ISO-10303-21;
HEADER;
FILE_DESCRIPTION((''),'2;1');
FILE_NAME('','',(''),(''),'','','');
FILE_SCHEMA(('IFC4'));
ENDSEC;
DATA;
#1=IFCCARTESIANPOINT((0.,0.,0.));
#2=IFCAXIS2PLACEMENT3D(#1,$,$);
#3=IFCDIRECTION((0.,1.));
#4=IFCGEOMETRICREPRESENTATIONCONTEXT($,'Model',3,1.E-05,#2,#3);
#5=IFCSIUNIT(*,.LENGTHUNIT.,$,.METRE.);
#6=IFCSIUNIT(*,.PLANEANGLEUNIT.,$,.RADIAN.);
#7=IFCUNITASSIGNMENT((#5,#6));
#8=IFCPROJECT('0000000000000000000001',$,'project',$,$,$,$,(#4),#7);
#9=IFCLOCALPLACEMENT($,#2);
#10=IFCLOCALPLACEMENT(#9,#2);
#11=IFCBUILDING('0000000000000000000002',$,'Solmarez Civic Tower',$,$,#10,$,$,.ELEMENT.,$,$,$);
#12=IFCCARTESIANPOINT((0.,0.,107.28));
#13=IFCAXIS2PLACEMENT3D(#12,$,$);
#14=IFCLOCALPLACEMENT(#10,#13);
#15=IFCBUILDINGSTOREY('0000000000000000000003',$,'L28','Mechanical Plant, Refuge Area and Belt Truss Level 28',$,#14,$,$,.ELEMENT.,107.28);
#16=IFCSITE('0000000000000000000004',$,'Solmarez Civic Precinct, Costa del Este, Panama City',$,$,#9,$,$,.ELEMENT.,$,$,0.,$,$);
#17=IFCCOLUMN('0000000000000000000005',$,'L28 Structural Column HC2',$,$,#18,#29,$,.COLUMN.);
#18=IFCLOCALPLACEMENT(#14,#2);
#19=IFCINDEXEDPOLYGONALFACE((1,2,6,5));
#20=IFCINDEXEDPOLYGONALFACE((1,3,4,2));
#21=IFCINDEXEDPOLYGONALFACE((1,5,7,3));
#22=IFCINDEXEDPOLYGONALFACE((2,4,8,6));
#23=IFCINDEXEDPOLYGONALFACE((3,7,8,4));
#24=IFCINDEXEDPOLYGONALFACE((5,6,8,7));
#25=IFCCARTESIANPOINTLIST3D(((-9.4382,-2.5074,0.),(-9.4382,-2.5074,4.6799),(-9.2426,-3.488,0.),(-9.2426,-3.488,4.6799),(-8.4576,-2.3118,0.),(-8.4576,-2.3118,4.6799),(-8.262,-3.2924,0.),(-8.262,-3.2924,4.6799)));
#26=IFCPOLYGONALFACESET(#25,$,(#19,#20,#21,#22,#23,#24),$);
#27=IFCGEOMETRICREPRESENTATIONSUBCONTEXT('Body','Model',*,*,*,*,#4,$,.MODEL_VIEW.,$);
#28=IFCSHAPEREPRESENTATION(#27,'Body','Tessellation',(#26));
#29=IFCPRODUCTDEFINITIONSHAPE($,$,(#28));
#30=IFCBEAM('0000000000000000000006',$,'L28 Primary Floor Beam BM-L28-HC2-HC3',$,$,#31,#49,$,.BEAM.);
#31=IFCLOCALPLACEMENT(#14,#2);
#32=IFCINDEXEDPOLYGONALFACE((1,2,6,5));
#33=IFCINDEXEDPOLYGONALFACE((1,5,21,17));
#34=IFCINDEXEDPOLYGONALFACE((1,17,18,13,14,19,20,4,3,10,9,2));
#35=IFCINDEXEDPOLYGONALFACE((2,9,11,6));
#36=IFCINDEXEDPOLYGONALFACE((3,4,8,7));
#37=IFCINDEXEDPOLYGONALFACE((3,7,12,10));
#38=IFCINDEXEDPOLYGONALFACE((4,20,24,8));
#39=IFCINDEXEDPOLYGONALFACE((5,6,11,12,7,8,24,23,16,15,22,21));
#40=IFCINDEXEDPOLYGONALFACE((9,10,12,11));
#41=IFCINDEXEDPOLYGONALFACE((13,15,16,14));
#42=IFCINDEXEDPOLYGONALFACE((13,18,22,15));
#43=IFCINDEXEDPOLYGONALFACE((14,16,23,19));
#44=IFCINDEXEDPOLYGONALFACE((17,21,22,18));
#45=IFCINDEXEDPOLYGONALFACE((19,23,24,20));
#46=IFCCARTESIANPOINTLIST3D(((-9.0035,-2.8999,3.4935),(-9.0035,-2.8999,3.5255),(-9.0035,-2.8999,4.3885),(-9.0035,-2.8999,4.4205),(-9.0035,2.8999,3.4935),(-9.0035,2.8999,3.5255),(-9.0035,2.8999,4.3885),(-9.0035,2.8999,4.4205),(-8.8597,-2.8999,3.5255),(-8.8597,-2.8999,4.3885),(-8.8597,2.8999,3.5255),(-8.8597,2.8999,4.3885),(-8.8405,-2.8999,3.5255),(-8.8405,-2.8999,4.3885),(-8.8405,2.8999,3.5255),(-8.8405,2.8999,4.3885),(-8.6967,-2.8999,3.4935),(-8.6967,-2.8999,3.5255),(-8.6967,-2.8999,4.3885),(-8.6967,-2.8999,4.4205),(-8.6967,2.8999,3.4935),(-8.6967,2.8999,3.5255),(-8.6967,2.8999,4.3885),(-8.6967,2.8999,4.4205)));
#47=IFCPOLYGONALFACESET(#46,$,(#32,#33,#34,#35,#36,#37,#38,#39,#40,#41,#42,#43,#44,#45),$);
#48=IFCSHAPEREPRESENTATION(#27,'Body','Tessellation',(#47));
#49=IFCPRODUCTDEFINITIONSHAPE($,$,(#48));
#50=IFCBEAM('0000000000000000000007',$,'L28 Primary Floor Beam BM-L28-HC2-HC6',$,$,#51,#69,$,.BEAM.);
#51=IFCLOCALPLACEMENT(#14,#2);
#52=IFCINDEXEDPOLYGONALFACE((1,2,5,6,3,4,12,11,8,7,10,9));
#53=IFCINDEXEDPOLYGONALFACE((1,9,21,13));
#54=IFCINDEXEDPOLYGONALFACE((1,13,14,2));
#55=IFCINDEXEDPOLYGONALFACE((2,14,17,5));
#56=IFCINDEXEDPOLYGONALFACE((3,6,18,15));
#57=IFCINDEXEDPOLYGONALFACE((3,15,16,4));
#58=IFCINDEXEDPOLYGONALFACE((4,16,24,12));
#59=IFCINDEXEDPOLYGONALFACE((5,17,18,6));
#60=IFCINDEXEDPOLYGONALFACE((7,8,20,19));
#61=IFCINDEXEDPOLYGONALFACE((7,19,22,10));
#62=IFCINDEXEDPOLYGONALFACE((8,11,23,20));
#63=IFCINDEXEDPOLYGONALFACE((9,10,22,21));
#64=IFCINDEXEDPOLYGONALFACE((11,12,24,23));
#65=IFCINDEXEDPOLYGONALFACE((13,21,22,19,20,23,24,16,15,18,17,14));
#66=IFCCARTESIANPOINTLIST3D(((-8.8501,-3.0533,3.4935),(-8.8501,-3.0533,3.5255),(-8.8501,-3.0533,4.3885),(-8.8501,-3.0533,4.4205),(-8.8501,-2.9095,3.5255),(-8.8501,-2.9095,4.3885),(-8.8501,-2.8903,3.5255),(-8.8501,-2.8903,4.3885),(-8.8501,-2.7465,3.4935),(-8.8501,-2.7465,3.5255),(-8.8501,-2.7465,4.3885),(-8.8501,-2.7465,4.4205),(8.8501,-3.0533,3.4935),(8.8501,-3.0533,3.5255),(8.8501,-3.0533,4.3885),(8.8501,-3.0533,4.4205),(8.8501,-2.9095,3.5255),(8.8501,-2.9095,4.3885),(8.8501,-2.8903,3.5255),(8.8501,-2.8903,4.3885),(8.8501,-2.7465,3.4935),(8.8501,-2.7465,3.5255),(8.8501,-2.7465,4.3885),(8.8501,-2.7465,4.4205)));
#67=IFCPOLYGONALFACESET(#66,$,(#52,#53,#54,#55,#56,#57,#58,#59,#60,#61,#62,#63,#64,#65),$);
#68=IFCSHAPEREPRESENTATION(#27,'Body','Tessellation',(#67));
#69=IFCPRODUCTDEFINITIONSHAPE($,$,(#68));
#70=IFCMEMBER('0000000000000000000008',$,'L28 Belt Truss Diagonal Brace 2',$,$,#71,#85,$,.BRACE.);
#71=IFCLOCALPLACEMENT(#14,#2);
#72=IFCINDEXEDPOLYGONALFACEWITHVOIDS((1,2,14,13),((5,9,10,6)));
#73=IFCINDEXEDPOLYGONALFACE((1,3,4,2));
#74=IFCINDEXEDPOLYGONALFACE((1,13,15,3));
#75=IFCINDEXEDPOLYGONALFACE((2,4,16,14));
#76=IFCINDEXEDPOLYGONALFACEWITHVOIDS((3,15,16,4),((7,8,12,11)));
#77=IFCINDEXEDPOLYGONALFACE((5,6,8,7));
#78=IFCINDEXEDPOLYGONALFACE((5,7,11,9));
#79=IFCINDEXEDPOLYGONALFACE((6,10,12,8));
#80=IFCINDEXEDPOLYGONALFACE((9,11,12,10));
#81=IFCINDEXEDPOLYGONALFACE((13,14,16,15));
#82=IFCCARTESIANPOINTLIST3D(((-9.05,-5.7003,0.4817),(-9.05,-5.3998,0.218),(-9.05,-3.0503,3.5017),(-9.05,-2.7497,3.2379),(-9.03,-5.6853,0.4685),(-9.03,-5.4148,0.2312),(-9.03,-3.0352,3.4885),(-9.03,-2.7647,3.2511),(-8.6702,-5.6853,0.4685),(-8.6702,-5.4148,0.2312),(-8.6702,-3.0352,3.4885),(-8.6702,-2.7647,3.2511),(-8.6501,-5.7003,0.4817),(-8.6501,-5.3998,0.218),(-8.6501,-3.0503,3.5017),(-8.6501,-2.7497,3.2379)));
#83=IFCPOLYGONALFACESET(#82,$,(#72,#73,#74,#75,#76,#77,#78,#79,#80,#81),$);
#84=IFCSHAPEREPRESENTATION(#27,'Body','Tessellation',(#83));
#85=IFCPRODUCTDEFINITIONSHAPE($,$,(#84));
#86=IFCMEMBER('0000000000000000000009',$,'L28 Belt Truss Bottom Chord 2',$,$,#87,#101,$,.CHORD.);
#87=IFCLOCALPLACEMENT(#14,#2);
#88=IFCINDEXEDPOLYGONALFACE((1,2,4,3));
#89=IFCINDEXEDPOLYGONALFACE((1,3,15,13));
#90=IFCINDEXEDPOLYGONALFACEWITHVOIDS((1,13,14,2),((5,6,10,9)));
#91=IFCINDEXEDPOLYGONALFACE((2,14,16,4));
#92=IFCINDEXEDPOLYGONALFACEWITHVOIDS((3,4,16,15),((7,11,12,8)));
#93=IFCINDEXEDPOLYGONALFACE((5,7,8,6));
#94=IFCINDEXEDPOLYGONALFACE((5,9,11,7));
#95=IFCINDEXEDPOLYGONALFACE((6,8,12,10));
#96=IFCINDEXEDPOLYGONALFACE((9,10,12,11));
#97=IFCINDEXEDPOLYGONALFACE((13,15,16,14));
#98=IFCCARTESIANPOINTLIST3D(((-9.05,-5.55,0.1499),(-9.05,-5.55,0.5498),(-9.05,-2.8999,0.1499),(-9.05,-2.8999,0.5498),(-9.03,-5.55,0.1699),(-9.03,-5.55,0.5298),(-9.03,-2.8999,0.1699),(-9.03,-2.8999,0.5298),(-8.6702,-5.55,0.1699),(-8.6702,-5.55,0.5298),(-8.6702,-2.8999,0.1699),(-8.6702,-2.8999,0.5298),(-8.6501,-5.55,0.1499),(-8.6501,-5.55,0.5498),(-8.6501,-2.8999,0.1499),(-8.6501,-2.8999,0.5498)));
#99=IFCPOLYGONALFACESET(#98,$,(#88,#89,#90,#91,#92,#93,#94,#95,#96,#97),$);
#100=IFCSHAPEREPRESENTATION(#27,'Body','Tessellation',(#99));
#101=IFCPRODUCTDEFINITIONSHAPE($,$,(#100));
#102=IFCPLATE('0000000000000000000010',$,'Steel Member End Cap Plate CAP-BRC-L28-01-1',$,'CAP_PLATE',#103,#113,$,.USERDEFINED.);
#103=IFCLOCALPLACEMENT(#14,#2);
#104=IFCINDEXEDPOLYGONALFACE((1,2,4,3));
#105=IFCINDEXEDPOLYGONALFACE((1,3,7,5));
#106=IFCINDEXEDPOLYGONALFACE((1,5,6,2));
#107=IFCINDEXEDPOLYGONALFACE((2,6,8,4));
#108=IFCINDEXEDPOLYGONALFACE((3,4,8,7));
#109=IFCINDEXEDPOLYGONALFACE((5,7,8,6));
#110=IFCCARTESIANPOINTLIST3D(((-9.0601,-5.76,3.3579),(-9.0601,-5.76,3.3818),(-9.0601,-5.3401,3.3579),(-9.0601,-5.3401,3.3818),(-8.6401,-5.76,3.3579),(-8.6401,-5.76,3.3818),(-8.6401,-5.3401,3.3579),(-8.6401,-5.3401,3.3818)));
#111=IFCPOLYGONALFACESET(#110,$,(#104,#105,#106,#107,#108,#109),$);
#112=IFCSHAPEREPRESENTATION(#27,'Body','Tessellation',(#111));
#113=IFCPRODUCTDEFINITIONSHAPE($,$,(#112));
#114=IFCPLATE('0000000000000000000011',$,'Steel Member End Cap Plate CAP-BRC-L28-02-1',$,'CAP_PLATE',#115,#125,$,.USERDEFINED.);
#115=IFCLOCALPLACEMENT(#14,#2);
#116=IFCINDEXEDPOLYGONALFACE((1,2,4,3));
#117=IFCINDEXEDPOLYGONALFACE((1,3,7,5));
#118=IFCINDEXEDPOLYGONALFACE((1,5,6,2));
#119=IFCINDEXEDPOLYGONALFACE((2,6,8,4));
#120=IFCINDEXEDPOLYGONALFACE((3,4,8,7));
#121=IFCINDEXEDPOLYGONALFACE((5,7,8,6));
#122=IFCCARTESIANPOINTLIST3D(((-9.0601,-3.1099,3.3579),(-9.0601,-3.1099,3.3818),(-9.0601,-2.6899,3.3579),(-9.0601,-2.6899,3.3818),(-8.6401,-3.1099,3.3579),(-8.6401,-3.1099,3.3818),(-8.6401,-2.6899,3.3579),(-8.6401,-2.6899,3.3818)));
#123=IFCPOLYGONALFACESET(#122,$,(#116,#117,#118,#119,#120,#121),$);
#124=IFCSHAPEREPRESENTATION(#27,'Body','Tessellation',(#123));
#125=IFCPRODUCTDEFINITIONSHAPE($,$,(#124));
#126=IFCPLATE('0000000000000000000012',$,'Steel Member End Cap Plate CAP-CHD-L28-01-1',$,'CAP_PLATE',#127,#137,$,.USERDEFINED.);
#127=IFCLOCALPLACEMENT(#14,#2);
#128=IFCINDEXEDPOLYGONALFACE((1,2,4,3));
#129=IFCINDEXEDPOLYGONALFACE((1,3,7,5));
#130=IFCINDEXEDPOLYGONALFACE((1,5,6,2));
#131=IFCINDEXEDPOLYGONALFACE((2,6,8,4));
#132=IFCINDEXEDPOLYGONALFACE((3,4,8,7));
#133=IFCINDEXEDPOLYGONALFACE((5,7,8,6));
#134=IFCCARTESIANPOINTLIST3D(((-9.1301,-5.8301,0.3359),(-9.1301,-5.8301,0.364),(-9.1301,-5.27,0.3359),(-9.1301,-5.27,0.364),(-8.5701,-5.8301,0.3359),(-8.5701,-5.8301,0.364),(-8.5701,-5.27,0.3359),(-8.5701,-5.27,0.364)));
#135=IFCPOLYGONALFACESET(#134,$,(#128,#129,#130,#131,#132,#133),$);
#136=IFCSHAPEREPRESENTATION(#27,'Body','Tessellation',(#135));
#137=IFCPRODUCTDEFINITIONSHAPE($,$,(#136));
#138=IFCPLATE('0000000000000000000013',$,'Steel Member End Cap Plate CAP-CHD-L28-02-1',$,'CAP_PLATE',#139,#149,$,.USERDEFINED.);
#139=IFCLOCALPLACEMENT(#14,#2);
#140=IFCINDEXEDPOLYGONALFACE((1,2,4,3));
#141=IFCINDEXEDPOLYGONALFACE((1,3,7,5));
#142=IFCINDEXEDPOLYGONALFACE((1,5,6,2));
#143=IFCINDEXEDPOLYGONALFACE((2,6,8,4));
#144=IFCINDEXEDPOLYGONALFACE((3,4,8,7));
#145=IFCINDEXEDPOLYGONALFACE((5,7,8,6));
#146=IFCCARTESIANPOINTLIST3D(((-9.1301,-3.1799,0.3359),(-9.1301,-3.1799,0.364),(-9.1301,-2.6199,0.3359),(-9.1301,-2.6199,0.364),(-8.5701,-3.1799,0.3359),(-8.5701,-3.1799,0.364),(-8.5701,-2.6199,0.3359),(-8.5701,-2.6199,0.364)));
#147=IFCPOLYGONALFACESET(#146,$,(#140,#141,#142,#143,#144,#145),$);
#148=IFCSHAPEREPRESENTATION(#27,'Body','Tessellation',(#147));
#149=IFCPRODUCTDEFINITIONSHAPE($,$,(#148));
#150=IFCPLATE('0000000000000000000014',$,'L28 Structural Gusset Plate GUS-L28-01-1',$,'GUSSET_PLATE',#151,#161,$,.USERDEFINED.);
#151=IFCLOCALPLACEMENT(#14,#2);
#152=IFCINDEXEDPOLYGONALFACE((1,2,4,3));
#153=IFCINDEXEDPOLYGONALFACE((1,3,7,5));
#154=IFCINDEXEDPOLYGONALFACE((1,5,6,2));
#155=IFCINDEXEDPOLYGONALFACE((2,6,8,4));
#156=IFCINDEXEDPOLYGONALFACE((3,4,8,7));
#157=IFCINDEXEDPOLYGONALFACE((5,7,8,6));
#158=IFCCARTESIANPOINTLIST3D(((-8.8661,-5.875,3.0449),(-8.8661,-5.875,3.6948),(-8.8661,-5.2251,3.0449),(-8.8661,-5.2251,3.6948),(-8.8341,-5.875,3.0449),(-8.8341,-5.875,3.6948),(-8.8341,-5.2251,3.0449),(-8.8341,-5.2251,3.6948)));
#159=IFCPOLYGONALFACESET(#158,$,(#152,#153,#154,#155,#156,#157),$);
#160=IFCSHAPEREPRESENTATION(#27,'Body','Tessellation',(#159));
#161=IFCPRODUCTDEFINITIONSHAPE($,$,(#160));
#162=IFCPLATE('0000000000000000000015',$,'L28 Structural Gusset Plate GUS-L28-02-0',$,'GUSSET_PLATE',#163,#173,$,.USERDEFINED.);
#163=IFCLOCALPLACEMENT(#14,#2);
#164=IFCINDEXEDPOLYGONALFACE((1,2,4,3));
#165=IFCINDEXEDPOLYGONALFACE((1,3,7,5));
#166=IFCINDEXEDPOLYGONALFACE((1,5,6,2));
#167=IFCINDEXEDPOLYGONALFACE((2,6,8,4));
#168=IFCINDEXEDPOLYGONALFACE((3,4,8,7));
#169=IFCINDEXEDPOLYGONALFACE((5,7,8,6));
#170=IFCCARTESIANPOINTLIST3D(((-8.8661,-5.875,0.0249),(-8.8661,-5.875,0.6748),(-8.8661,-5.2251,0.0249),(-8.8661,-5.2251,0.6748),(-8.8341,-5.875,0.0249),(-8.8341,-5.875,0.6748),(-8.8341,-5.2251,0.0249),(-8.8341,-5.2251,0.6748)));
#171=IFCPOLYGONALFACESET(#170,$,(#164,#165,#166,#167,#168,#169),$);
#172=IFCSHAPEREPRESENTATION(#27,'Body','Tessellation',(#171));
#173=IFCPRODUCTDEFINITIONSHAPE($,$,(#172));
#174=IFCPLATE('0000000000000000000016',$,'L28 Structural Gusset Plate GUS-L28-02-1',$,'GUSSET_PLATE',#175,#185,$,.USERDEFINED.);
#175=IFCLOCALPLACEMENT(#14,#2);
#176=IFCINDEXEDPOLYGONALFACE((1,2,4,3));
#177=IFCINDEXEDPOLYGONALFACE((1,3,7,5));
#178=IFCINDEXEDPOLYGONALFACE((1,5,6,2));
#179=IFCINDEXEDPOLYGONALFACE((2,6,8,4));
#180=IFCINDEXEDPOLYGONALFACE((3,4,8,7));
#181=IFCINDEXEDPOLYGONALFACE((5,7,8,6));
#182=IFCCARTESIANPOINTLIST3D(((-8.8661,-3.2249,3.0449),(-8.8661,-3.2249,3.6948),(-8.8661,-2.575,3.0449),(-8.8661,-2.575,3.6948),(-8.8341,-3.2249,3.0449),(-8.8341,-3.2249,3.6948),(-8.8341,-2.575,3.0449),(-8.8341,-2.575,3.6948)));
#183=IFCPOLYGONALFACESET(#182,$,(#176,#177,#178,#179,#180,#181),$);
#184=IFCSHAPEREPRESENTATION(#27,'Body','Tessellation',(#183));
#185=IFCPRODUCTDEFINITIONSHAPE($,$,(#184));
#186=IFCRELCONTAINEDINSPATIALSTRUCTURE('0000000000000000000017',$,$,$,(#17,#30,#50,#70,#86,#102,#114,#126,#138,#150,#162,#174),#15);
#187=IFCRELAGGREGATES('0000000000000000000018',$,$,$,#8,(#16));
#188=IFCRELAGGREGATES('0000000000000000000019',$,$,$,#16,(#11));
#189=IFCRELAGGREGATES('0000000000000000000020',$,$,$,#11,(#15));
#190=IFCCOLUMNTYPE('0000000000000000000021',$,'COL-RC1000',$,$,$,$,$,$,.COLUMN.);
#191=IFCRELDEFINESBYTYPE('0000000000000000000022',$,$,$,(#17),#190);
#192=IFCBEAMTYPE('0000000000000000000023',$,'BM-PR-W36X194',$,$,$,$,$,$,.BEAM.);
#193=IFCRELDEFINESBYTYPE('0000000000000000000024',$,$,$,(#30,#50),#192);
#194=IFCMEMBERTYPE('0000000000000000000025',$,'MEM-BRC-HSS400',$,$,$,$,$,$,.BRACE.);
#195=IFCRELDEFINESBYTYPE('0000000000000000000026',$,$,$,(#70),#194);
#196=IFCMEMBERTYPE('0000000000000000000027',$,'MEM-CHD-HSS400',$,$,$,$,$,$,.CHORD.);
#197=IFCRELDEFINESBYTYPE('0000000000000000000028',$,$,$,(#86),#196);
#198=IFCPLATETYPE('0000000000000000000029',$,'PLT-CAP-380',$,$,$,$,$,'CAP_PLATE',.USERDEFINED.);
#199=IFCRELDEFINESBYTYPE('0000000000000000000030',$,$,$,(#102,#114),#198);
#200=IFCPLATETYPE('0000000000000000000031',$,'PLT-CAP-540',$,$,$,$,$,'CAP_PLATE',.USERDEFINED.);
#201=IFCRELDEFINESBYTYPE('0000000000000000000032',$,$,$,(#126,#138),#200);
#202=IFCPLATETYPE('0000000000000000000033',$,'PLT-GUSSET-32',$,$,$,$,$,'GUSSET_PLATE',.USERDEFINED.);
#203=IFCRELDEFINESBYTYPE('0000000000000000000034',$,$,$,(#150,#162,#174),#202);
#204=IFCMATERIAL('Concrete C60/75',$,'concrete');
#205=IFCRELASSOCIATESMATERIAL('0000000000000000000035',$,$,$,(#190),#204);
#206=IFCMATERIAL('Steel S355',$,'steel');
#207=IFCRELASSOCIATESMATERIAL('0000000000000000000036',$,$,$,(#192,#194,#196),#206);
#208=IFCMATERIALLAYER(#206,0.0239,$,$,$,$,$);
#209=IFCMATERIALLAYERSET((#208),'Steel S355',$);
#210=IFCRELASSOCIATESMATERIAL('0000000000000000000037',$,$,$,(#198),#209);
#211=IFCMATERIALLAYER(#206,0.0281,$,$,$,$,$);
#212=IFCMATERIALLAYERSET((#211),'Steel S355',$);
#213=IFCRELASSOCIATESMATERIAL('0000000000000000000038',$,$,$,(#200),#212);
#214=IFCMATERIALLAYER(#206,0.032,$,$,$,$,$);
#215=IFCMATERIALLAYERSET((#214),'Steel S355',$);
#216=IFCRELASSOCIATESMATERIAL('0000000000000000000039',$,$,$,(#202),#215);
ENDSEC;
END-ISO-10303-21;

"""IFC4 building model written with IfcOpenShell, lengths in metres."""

from ifc_helpers import new_model, si_unit, direction, frame, origin, origin_2d, place, context, subcontext, project, spatial, rectangle, hollow_rectangle, i_section, extrude, material, layer, layer_set, material_profile, profile_set, type_object, element, save


model = new_model("IFC4")

# Units and contexts
model_context = context("Model", 3, precision=1e-05, world=origin(), true_north=direction((0.0, 1.0)))
body_context = subcontext(model_context, "Body", "Model", "MODEL_VIEW")
ifc_project = project(units=[si_unit("LENGTHUNIT", "METRE"), si_unit("PLANEANGLEUNIT", "RADIAN")], contexts=[model_context])

# Site, building, storey
site_placement = place(None, origin())
site = spatial("IfcSite", under=ifc_project, at=site_placement, Name="Solmarez Civic Precinct, Costa del Este, Panama City", CompositionType="ELEMENT", RefElevation=0.0)
building_placement = place(site_placement, origin())
building = spatial("IfcBuilding", under=site, at=building_placement, Name="Solmarez Civic Tower", CompositionType="ELEMENT")
storey_placement = place(building_placement, frame((0.0, 0.0, 107.28)))
storey = spatial("IfcBuildingStorey", under=building, at=storey_placement, Name="L28", Description="Mechanical Plant, Refuge Area and Belt Truss Level 28", CompositionType="ELEMENT", Elevation=107.28)

# Column
ifc_material_1 = material(Name="Concrete C60/75", Category="concrete")
ifc_material_profile_1 = material_profile(ifc_material_1, rectangle(XDim=1.0, YDim=1.0, at=origin_2d()), Name="RC1000X1000")
ifc_profile_set_1 = profile_set([ifc_material_profile_1], Name="Concrete C60/75")
column_type = type_object("IfcColumnType", Name="COL-RC1000", PredefinedType="COLUMN", material=ifc_profile_set_1)
column_placement = place(storey_placement, frame((-8.8501, -2.8999, 0.0), z_axis=(0.0, 0.0, 1.0), x_axis=(0.980683, 0.195604, 0.0)))
element("IfcColumn", 1, at=column_placement, inside=storey, type_object=column_type, Name="L28 Structural Column HC2", PredefinedType="COLUMN", context=body_context, shape_type="SweptSolid", body=[
    extrude(rectangle(XDim=1.0, YDim=1.0, at=origin_2d()), origin(), (0.0, 0.0, 1.0), 4.6799),
])

# Beams
ifc_material_2 = material(Name="Steel S355", Category="steel")
ifc_material_profile_2 = material_profile(ifc_material_2, i_section(OverallWidth=0.3069, OverallDepth=0.927, WebThickness=0.0193, FlangeThickness=0.032, at=origin_2d()), Name="W36X194")
ifc_profile_set_2 = profile_set([ifc_material_profile_2], Name="Steel S355")
beam_type = type_object("IfcBeamType", Name="BM-PR-W36X194", PredefinedType="BEAM", material=ifc_profile_set_2)
beam_1_placement = place(storey_placement, frame((-8.8501, -2.8999, 3.957), z_axis=(0.0, 1.0, 0.0), x_axis=(-1.0, 0.0, 0.0)))
element("IfcBeam", 2, at=beam_1_placement, inside=storey, type_object=beam_type, Name="L28 Primary Floor Beam BM-L28-HC2-HC3", PredefinedType="BEAM", context=body_context, shape_type="SweptSolid", body=[
    extrude(i_section(OverallWidth=0.3069, OverallDepth=0.927, WebThickness=0.0193, FlangeThickness=0.032, at=origin_2d()), origin(), (0.0, 0.0, 1.0), 5.7998),
])
beam_2_placement = place(storey_placement, frame((-8.8501, -2.8999, 3.957), z_axis=(1.0, 0.0, 0.0), x_axis=(0.0, 1.0, 0.0)))
element("IfcBeam", 3, at=beam_2_placement, inside=storey, type_object=beam_type, Name="L28 Primary Floor Beam BM-L28-HC2-HC6", PredefinedType="BEAM", context=body_context, shape_type="SweptSolid", body=[
    extrude(i_section(OverallWidth=0.3069, OverallDepth=0.927, WebThickness=0.0193, FlangeThickness=0.032, at=origin_2d()), origin(), (0.0, 0.0, 1.0), 17.7002),
])

# Members
ifc_material_profile_3 = material_profile(ifc_material_2, hollow_rectangle(XDim=0.3999, YDim=0.3999, WallThickness=0.02, at=origin_2d()), Name="HSS400X400X20")
ifc_profile_set_3 = profile_set([ifc_material_profile_3], Name="Steel S355")
member_type_1 = type_object("IfcMemberType", Name="MEM-BRC-HSS400", PredefinedType="BRACE", material=ifc_profile_set_3)
member_1_placement = place(storey_placement, frame((-8.8501, -5.55, 0.3499), z_axis=(0.0, 0.659579, 0.751635), x_axis=(-1.0, 0.0, 0.0)))
element("IfcMember", 4, at=member_1_placement, inside=storey, type_object=member_type_1, Name="L28 Belt Truss Diagonal Brace 2", PredefinedType="BRACE", context=body_context, shape_type="SweptSolid", body=[
    extrude(hollow_rectangle(XDim=0.3999, YDim=0.3999, WallThickness=0.02, at=origin_2d()), origin(), (0.0, 0.0, 1.0), 4.0178),
])
ifc_material_profile_4 = material_profile(ifc_material_2, hollow_rectangle(XDim=0.3999, YDim=0.3999, WallThickness=0.02, at=origin_2d()), Name="HSS400X400X20")
ifc_profile_set_4 = profile_set([ifc_material_profile_4], Name="Steel S355")
member_type_2 = type_object("IfcMemberType", Name="MEM-CHD-HSS400", PredefinedType="CHORD", material=ifc_profile_set_4)
member_2_placement = place(storey_placement, frame((-8.8501, -5.55, 0.3499), z_axis=(0.0, 1.0, 0.0), x_axis=(-1.0, 0.0, 0.0)))
element("IfcMember", 5, at=member_2_placement, inside=storey, type_object=member_type_2, Name="L28 Belt Truss Bottom Chord 2", PredefinedType="CHORD", context=body_context, shape_type="SweptSolid", body=[
    extrude(hollow_rectangle(XDim=0.3999, YDim=0.3999, WallThickness=0.02, at=origin_2d()), origin(), (0.0, 0.0, 1.0), 2.6501),
])

# Plates
ifc_layer_1 = layer(ifc_material_2, 0.0239)
ifc_layer_set_1 = layer_set([ifc_layer_1], Name="Steel S355")
plate_type_1 = type_object("IfcPlateType", Name="PLT-CAP-380", ElementType="CAP_PLATE", PredefinedType="USERDEFINED", material=ifc_layer_set_1)
for number, where, z_axis, x_axis, name in (
    (6, (-8.8501, -5.55, 3.3579), (0.0, 0.0, 1.0), (1.0, 0.0, 0.0), "Steel Member End Cap Plate CAP-BRC-L28-01-1"),
    (7, (-8.8501, -2.8999, 3.3579), (0.0, 0.0, 1.0), (1.0, 0.0, 0.0), "Steel Member End Cap Plate CAP-BRC-L28-02-1"),
):
    element("IfcPlate", number, at=place(storey_placement, frame(where, z_axis=z_axis, x_axis=x_axis)), inside=storey, type_object=plate_type_1, Name=name, ObjectType="CAP_PLATE", PredefinedType="USERDEFINED", context=body_context, shape_type="SweptSolid", body=[
        extrude(rectangle(XDim=0.4199, YDim=0.4199, at=origin_2d()), origin(), (0.0, 0.0, 1.0), 0.0239),
    ])
ifc_layer_2 = layer(ifc_material_2, 0.0281)
ifc_layer_set_2 = layer_set([ifc_layer_2], Name="Steel S355")
plate_type_2 = type_object("IfcPlateType", Name="PLT-CAP-540", ElementType="CAP_PLATE", PredefinedType="USERDEFINED", material=ifc_layer_set_2)
for number, where, z_axis, x_axis, name in (
    (8, (-8.8501, -5.55, 0.3359), (0.0, 0.0, 1.0), (1.0, 0.0, 0.0), "Steel Member End Cap Plate CAP-CHD-L28-01-1"),
    (9, (-8.8501, -2.8999, 0.3359), (0.0, 0.0, 1.0), (1.0, 0.0, 0.0), "Steel Member End Cap Plate CAP-CHD-L28-02-1"),
):
    element("IfcPlate", number, at=place(storey_placement, frame(where, z_axis=z_axis, x_axis=x_axis)), inside=storey, type_object=plate_type_2, Name=name, ObjectType="CAP_PLATE", PredefinedType="USERDEFINED", context=body_context, shape_type="SweptSolid", body=[
        extrude(rectangle(XDim=0.5601, YDim=0.5601, at=origin_2d()), origin(), (0.0, 0.0, 1.0), 0.0281),
    ])
ifc_layer_3 = layer(ifc_material_2, 0.032)
ifc_layer_set_3 = layer_set([ifc_layer_3], Name="Steel S355")
plate_type_3 = type_object("IfcPlateType", Name="PLT-GUSSET-32", ElementType="GUSSET_PLATE", PredefinedType="USERDEFINED", material=ifc_layer_set_3)
for number, where, z_axis, x_axis, name in (
    (10, (-8.8501, -5.55, 3.0449), (0.0, 0.0, 1.0), (0.0, 1.0, 0.0), "L28 Structural Gusset Plate GUS-L28-01-1"),
    (11, (-8.8501, -5.55, 0.0249), (0.0, 0.0, 1.0), (0.0, 1.0, 0.0), "L28 Structural Gusset Plate GUS-L28-02-0"),
    (12, (-8.8501, -2.8999, 3.0449), (0.0, 0.0, 1.0), (0.0, 1.0, 0.0), "L28 Structural Gusset Plate GUS-L28-02-1"),
):
    element("IfcPlate", number, at=place(storey_placement, frame(where, z_axis=z_axis, x_axis=x_axis)), inside=storey, type_object=plate_type_3, Name=name, ObjectType="GUSSET_PLATE", PredefinedType="USERDEFINED", context=body_context, shape_type="SweptSolid", body=[
        extrude(rectangle(XDim=0.6499, YDim=0.032, at=origin_2d()), origin(), (0.0, 0.0, 1.0), 0.6499),
    ])

save(model, "model.ifc")
